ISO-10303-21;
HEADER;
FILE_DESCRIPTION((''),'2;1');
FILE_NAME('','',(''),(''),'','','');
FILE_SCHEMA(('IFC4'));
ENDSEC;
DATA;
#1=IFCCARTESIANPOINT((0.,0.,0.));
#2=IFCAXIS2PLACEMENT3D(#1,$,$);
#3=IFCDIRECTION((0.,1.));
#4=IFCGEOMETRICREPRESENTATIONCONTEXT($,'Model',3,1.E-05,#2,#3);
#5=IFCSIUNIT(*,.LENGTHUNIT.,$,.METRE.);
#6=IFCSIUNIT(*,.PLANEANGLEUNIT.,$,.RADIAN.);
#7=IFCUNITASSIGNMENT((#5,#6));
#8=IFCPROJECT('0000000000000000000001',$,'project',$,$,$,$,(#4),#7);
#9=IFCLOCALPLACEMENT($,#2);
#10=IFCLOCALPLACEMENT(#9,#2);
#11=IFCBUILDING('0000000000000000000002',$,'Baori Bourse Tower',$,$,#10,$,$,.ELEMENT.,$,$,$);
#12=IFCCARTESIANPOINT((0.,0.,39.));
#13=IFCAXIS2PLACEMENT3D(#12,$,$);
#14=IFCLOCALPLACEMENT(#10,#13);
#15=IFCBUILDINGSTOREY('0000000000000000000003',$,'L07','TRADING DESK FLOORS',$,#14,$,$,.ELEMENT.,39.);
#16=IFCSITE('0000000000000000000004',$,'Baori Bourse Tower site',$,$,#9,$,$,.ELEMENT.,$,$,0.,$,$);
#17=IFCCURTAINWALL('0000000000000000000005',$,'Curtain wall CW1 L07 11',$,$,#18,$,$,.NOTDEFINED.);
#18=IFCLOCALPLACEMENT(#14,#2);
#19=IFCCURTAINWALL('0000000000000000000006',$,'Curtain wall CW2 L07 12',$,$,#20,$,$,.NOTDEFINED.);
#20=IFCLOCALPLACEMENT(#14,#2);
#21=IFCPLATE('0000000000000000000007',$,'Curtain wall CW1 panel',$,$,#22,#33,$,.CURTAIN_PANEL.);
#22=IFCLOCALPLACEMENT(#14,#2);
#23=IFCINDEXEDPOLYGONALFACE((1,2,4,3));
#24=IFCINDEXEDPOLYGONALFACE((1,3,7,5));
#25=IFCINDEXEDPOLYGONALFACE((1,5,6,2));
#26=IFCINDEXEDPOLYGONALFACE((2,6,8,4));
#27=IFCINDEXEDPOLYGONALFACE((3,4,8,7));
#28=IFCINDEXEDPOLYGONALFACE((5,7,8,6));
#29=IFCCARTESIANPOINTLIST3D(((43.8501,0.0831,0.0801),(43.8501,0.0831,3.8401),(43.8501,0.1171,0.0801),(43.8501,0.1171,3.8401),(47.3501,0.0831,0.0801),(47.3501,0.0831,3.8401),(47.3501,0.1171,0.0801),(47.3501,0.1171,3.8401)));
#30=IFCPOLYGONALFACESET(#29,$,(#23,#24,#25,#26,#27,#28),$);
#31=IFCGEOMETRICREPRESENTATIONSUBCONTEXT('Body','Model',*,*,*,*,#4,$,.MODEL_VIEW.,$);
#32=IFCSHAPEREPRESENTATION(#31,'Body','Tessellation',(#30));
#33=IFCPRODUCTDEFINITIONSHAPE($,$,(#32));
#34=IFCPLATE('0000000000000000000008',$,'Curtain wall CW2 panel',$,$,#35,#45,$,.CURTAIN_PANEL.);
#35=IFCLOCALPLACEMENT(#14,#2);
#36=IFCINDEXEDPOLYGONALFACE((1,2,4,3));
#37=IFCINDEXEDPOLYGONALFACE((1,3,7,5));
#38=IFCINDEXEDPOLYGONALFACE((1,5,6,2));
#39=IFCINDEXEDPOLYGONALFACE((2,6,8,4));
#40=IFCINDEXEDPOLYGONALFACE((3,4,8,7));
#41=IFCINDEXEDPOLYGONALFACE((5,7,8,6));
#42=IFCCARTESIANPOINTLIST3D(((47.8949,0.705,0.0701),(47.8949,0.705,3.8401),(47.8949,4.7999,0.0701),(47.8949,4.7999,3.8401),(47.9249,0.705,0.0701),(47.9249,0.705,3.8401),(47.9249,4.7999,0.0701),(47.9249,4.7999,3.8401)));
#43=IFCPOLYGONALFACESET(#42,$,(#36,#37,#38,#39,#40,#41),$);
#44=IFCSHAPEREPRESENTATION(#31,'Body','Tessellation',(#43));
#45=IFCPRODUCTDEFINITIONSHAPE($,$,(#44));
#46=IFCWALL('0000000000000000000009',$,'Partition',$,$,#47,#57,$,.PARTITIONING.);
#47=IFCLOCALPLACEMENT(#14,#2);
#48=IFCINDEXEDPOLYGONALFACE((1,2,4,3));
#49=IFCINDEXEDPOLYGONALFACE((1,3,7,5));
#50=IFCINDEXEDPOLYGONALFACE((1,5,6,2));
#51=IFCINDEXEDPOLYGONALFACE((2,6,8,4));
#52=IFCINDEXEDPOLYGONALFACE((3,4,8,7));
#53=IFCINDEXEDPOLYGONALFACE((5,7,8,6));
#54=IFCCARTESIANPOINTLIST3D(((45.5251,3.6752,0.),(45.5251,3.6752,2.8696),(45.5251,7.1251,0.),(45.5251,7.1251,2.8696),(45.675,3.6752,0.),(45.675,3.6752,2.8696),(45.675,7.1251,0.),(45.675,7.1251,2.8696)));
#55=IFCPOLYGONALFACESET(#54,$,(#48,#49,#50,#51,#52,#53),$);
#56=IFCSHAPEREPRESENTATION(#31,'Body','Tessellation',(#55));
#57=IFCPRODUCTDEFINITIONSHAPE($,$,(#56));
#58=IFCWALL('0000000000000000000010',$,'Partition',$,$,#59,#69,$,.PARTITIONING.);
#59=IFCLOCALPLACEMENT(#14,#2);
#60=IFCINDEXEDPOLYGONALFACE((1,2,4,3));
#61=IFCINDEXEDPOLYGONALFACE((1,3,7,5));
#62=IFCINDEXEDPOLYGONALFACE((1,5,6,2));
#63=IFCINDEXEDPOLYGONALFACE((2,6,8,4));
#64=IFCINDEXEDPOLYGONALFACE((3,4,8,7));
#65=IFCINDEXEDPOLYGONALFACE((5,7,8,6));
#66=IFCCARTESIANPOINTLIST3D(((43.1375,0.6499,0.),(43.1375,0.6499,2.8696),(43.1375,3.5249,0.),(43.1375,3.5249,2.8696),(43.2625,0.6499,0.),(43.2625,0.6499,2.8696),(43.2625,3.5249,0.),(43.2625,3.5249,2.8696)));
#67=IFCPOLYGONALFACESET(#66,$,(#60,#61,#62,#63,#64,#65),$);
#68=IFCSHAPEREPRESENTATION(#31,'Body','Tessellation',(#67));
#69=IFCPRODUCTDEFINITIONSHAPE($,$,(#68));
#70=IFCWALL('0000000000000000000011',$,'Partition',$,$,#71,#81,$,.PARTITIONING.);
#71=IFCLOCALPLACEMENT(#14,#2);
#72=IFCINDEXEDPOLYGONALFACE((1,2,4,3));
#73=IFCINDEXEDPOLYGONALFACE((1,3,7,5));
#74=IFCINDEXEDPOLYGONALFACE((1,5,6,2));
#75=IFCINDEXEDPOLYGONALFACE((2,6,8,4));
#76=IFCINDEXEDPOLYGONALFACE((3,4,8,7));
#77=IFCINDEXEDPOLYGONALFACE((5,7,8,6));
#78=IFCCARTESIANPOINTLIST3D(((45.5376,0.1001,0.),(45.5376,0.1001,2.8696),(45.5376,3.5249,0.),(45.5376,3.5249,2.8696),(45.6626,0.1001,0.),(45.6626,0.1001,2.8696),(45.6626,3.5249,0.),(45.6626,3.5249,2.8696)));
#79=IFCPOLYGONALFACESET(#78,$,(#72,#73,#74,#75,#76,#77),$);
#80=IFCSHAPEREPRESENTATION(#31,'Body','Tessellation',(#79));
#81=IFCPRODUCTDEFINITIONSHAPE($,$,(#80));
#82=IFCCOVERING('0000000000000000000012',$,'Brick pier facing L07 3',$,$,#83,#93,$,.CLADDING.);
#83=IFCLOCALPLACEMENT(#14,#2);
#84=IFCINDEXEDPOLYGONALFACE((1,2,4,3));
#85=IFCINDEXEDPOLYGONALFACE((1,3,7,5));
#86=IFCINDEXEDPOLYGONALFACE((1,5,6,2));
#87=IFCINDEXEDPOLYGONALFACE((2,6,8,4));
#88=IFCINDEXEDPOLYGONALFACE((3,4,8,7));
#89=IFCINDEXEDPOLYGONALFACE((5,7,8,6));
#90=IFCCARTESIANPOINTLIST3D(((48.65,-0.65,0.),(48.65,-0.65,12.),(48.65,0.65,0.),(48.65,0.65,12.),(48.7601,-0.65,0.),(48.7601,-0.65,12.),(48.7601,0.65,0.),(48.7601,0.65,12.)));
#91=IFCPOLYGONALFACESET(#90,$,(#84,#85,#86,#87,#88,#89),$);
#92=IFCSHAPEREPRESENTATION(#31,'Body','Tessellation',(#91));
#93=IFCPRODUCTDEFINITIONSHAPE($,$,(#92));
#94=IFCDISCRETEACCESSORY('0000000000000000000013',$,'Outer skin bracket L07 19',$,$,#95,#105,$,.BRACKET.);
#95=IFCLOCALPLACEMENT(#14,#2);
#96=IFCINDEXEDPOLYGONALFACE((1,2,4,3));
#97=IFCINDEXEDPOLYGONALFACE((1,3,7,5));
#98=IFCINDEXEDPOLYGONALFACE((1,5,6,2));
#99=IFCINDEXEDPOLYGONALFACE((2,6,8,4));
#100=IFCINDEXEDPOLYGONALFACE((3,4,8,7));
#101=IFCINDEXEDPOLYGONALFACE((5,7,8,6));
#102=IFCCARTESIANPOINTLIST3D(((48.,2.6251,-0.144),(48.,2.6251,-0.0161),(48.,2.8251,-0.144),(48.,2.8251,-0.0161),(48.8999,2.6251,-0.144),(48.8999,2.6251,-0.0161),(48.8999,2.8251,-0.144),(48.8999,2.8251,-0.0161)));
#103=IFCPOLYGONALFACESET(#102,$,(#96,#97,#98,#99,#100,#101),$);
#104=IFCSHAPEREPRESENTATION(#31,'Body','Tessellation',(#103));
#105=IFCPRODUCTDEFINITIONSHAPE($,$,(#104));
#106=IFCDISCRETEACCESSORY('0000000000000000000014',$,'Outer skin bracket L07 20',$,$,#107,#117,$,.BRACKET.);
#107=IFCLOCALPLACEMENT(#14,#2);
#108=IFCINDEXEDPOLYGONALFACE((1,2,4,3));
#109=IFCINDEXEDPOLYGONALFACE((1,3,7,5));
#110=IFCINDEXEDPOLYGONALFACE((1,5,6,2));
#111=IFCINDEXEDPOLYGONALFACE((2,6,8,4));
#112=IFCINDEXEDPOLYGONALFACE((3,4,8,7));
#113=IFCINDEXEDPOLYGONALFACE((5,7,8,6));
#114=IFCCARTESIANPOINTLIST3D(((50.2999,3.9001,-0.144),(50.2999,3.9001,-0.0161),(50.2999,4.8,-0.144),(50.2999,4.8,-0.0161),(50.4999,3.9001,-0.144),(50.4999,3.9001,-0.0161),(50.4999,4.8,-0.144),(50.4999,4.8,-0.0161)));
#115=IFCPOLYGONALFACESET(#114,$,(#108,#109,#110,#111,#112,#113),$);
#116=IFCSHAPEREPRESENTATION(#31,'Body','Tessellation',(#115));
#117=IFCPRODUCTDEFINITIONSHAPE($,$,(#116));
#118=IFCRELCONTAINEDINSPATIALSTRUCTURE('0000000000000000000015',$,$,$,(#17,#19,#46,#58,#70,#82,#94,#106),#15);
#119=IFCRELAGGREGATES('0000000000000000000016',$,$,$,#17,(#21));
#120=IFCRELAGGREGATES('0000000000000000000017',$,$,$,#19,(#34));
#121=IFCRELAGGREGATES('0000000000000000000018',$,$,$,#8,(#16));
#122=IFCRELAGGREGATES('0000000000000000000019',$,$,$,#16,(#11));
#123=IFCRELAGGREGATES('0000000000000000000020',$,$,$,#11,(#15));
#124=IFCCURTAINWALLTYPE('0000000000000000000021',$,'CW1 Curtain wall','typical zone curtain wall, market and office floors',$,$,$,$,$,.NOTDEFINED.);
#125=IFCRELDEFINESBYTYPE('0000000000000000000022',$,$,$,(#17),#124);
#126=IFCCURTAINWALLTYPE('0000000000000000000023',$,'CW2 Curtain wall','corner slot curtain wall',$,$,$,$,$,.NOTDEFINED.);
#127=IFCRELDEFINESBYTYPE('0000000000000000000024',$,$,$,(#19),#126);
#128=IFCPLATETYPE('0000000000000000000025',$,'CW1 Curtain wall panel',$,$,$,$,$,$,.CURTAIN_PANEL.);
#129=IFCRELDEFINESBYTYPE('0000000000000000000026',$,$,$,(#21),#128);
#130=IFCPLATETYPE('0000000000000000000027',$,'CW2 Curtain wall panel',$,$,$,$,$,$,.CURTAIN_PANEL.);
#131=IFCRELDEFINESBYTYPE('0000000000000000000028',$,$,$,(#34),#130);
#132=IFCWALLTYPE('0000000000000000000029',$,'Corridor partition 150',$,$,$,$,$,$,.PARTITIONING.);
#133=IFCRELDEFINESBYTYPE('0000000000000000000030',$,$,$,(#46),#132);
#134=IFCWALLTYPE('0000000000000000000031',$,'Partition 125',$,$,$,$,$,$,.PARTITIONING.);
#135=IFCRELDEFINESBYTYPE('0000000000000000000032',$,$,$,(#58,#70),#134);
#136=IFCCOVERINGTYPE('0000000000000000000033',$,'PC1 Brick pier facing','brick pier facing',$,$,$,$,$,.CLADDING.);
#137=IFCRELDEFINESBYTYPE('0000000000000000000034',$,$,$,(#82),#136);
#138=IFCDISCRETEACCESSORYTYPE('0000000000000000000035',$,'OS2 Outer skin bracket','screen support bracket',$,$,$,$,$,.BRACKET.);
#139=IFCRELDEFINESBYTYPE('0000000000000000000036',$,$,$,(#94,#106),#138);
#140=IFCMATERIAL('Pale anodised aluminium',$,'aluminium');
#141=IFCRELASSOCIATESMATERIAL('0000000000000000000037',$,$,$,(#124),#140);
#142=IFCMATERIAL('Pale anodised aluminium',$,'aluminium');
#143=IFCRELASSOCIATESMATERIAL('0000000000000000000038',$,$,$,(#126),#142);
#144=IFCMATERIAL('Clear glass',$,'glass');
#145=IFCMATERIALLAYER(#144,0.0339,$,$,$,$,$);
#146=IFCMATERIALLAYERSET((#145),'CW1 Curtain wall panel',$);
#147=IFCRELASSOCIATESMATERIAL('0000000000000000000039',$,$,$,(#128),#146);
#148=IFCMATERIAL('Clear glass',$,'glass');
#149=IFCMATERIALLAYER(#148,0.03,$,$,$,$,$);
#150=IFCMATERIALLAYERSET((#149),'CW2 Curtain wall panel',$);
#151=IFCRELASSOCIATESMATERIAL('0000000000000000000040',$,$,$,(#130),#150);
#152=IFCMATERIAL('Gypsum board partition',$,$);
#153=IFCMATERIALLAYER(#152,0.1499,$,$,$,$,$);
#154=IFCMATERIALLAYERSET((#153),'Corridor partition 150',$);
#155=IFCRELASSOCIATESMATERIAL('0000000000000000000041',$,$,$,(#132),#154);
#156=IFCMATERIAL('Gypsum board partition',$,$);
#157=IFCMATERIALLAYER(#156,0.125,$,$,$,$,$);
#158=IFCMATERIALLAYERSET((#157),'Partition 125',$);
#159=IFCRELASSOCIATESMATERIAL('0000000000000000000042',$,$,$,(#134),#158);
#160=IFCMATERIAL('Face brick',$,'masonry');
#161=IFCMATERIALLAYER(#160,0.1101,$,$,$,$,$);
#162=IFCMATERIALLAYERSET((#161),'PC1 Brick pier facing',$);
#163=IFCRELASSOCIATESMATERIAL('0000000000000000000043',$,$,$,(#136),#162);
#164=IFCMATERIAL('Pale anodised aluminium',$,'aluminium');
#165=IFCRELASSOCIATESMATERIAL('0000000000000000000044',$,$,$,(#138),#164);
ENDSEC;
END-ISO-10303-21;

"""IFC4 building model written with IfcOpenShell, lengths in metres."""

from ifc_helpers import new_model, si_unit, direction, frame, frame_2d, origin, origin_2d, place, context, subcontext, project, spatial, rectangle, extrude, material, layer, layer_set, type_object, element, aggregate, save


model = new_model("IFC4")

# Units and contexts
model_context = context("Model", 3, precision=1e-05, world=origin(), true_north=direction((0.0, 1.0)))
body_context = subcontext(model_context, "Body", "Model", "MODEL_VIEW")
ifc_project = project(units=[si_unit("LENGTHUNIT", "METRE"), si_unit("PLANEANGLEUNIT", "RADIAN")], contexts=[model_context])

# Site, building, storey
site_placement = place(None, origin())
site = spatial("IfcSite", under=ifc_project, at=site_placement, Name="Baori Bourse Tower site", CompositionType="ELEMENT", RefElevation=0.0)
building_placement = place(site_placement, origin())
building = spatial("IfcBuilding", under=site, at=building_placement, Name="Baori Bourse Tower", CompositionType="ELEMENT")
storey_placement = place(building_placement, frame((0.0, 0.0, 39.0)))
storey = spatial("IfcBuildingStorey", under=building, at=storey_placement, Name="L07", Description="TRADING DESK FLOORS", CompositionType="ELEMENT", Elevation=39.0)

# Curtain walls
ifc_material_1 = material(Name="Pale anodised aluminium", Category="aluminium")
curtain_wall_type_1 = type_object("IfcCurtainWallType", Name="CW1 Curtain wall", Description="typical zone curtain wall, market and office floors", PredefinedType="NOTDEFINED", material=ifc_material_1)
curtain_wall_1_placement = place(storey_placement, origin())
curtain_wall_1 = element("IfcCurtainWall", 1, at=curtain_wall_1_placement, inside=storey, type_object=curtain_wall_type_1, Name="Curtain wall CW1 L07 11", PredefinedType="NOTDEFINED")
ifc_material_2 = material(Name="Pale anodised aluminium", Category="aluminium")
curtain_wall_type_2 = type_object("IfcCurtainWallType", Name="CW2 Curtain wall", Description="corner slot curtain wall", PredefinedType="NOTDEFINED", material=ifc_material_2)
curtain_wall_2_placement = place(storey_placement, origin())
curtain_wall_2 = element("IfcCurtainWall", 2, at=curtain_wall_2_placement, inside=storey, type_object=curtain_wall_type_2, Name="Curtain wall CW2 L07 12", PredefinedType="NOTDEFINED")

# Plates
ifc_material_3 = material(Name="Clear glass", Category="glass")
ifc_layer_1 = layer(ifc_material_3, 0.0339)
ifc_layer_set_1 = layer_set([ifc_layer_1], Name="CW1 Curtain wall panel")
plate_type_1 = type_object("IfcPlateType", Name="CW1 Curtain wall panel", PredefinedType="CURTAIN_PANEL", material=ifc_layer_set_1)
plate_1_placement = place(storey_placement, frame((45.6001, 0.1001, 0.0801), z_axis=(0.0, 0.0, 1.0), x_axis=(1.0, 0.0, 0.0)))
plate_1 = element("IfcPlate", 3, at=plate_1_placement, type_object=plate_type_1, Name="Curtain wall CW1 panel", PredefinedType="CURTAIN_PANEL", context=body_context, shape_type="SweptSolid", body=[
    extrude(rectangle(XDim=3.5, YDim=0.0339, at=origin_2d()), origin(), (0.0, 0.0, 1.0), 3.76),
])
aggregate(curtain_wall_1, [plate_1])
ifc_material_4 = material(Name="Clear glass", Category="glass")
ifc_layer_2 = layer(ifc_material_4, 0.03)
ifc_layer_set_2 = layer_set([ifc_layer_2], Name="CW2 Curtain wall panel")
plate_type_2 = type_object("IfcPlateType", Name="CW2 Curtain wall panel", PredefinedType="CURTAIN_PANEL", material=ifc_layer_set_2)
plate_2_placement = place(storey_placement, frame((47.9099, 2.7524, 0.0701), z_axis=(0.0, 0.0, 1.0), x_axis=(0.0, 1.0, 0.0)))
plate_2 = element("IfcPlate", 4, at=plate_2_placement, type_object=plate_type_2, Name="Curtain wall CW2 panel", PredefinedType="CURTAIN_PANEL", context=body_context, shape_type="SweptSolid", body=[
    extrude(rectangle(XDim=4.095, YDim=0.03, at=origin_2d()), origin(), (0.0, 0.0, 1.0), 3.77),
])
aggregate(curtain_wall_2, [plate_2])

# Walls
ifc_material_5 = material(Name="Gypsum board partition")
ifc_layer_3 = layer(ifc_material_5, 0.1499)
ifc_layer_set_3 = layer_set([ifc_layer_3], Name="Corridor partition 150")
wall_type_1 = type_object("IfcWallType", Name="Corridor partition 150", PredefinedType="PARTITIONING", material=ifc_layer_set_3)
wall_1_placement = place(storey_placement, frame((45.6001, 3.675, 0.0), z_axis=(0.0, 0.0, 1.0), x_axis=(0.0, 1.0, 0.0)))
element("IfcWall", 5, at=wall_1_placement, inside=storey, type_object=wall_type_1, Name="Partition", PredefinedType="PARTITIONING", context=body_context, shape_type="SweptSolid", body=[
    extrude(rectangle(XDim=3.45, YDim=0.1499, at=frame_2d((1.7251, 0.0))), origin(), (0.0, 0.0, 1.0), 2.8696),
])
ifc_material_6 = material(Name="Gypsum board partition")
ifc_layer_4 = layer(ifc_material_6, 0.125)
ifc_layer_set_4 = layer_set([ifc_layer_4], Name="Partition 125")
wall_type_2 = type_object("IfcWallType", Name="Partition 125", PredefinedType="PARTITIONING", material=ifc_layer_set_4)
wall_2_placement = place(storey_placement, frame((43.2, 0.6499, 0.0), z_axis=(0.0, 0.0, 1.0), x_axis=(0.0, 1.0, 0.0)))
element("IfcWall", 6, at=wall_2_placement, inside=storey, type_object=wall_type_2, Name="Partition", PredefinedType="PARTITIONING", context=body_context, shape_type="SweptSolid", body=[
    extrude(rectangle(XDim=2.875, YDim=0.125, at=frame_2d((1.4375, 0.0))), origin(), (0.0, 0.0, 1.0), 2.8696),
])
wall_3_placement = place(storey_placement, frame((45.6001, 0.1001, 0.0), z_axis=(0.0, 0.0, 1.0), x_axis=(0.0, 1.0, 0.0)))
element("IfcWall", 7, at=wall_3_placement, inside=storey, type_object=wall_type_2, Name="Partition", PredefinedType="PARTITIONING", context=body_context, shape_type="SweptSolid", body=[
    extrude(rectangle(XDim=3.4248, YDim=0.125, at=frame_2d((1.7124, 0.0))), origin(), (0.0, 0.0, 1.0), 2.8696),
])

# Covering
ifc_material_7 = material(Name="Face brick", Category="masonry")
ifc_layer_5 = layer(ifc_material_7, 0.1101)
ifc_layer_set_5 = layer_set([ifc_layer_5], Name="PC1 Brick pier facing")
covering_type = type_object("IfcCoveringType", Name="PC1 Brick pier facing", Description="brick pier facing", PredefinedType="CLADDING", material=ifc_layer_set_5)
covering_placement = place(storey_placement, frame((48.7051, 0.0, 0.0), z_axis=(0.0, 0.0, 1.0), x_axis=(1.0, 0.0, 0.0)))
element("IfcCovering", 8, at=covering_placement, inside=storey, type_object=covering_type, Name="Brick pier facing L07 3", PredefinedType="CLADDING", context=body_context, shape_type="SweptSolid", body=[
    extrude(rectangle(XDim=0.1101, YDim=1.3, at=origin_2d()), origin(), (0.0, 0.0, 1.0), 12.0),
])

# Discrete accessories
ifc_material_8 = material(Name="Pale anodised aluminium", Category="aluminium")
discrete_accessory_type = type_object("IfcDiscreteAccessoryType", Name="OS2 Outer skin bracket", Description="screen support bracket", PredefinedType="BRACKET", material=ifc_material_8)
for number, where, z_axis, x_axis, name in (
    (9, (48.45, 2.7251, -0.144), (0.0, 0.0, 1.0), (0.0, 1.0, 0.0), "Outer skin bracket L07 19"),
    (10, (50.3999, 4.3501, -0.144), (0.0, 0.0, 1.0), (1.0, 0.0, 0.0), "Outer skin bracket L07 20"),
):
    element("IfcDiscreteAccessory", number, at=place(storey_placement, frame(where, z_axis=z_axis, x_axis=x_axis)), inside=storey, type_object=discrete_accessory_type, Name=name, PredefinedType="BRACKET", context=body_context, shape_type="SweptSolid", body=[
        extrude(rectangle(XDim=0.2, YDim=0.8999, at=origin_2d()), origin(), (0.0, 0.0, 1.0), 0.1279),
    ])

save(model, "model.ifc")
